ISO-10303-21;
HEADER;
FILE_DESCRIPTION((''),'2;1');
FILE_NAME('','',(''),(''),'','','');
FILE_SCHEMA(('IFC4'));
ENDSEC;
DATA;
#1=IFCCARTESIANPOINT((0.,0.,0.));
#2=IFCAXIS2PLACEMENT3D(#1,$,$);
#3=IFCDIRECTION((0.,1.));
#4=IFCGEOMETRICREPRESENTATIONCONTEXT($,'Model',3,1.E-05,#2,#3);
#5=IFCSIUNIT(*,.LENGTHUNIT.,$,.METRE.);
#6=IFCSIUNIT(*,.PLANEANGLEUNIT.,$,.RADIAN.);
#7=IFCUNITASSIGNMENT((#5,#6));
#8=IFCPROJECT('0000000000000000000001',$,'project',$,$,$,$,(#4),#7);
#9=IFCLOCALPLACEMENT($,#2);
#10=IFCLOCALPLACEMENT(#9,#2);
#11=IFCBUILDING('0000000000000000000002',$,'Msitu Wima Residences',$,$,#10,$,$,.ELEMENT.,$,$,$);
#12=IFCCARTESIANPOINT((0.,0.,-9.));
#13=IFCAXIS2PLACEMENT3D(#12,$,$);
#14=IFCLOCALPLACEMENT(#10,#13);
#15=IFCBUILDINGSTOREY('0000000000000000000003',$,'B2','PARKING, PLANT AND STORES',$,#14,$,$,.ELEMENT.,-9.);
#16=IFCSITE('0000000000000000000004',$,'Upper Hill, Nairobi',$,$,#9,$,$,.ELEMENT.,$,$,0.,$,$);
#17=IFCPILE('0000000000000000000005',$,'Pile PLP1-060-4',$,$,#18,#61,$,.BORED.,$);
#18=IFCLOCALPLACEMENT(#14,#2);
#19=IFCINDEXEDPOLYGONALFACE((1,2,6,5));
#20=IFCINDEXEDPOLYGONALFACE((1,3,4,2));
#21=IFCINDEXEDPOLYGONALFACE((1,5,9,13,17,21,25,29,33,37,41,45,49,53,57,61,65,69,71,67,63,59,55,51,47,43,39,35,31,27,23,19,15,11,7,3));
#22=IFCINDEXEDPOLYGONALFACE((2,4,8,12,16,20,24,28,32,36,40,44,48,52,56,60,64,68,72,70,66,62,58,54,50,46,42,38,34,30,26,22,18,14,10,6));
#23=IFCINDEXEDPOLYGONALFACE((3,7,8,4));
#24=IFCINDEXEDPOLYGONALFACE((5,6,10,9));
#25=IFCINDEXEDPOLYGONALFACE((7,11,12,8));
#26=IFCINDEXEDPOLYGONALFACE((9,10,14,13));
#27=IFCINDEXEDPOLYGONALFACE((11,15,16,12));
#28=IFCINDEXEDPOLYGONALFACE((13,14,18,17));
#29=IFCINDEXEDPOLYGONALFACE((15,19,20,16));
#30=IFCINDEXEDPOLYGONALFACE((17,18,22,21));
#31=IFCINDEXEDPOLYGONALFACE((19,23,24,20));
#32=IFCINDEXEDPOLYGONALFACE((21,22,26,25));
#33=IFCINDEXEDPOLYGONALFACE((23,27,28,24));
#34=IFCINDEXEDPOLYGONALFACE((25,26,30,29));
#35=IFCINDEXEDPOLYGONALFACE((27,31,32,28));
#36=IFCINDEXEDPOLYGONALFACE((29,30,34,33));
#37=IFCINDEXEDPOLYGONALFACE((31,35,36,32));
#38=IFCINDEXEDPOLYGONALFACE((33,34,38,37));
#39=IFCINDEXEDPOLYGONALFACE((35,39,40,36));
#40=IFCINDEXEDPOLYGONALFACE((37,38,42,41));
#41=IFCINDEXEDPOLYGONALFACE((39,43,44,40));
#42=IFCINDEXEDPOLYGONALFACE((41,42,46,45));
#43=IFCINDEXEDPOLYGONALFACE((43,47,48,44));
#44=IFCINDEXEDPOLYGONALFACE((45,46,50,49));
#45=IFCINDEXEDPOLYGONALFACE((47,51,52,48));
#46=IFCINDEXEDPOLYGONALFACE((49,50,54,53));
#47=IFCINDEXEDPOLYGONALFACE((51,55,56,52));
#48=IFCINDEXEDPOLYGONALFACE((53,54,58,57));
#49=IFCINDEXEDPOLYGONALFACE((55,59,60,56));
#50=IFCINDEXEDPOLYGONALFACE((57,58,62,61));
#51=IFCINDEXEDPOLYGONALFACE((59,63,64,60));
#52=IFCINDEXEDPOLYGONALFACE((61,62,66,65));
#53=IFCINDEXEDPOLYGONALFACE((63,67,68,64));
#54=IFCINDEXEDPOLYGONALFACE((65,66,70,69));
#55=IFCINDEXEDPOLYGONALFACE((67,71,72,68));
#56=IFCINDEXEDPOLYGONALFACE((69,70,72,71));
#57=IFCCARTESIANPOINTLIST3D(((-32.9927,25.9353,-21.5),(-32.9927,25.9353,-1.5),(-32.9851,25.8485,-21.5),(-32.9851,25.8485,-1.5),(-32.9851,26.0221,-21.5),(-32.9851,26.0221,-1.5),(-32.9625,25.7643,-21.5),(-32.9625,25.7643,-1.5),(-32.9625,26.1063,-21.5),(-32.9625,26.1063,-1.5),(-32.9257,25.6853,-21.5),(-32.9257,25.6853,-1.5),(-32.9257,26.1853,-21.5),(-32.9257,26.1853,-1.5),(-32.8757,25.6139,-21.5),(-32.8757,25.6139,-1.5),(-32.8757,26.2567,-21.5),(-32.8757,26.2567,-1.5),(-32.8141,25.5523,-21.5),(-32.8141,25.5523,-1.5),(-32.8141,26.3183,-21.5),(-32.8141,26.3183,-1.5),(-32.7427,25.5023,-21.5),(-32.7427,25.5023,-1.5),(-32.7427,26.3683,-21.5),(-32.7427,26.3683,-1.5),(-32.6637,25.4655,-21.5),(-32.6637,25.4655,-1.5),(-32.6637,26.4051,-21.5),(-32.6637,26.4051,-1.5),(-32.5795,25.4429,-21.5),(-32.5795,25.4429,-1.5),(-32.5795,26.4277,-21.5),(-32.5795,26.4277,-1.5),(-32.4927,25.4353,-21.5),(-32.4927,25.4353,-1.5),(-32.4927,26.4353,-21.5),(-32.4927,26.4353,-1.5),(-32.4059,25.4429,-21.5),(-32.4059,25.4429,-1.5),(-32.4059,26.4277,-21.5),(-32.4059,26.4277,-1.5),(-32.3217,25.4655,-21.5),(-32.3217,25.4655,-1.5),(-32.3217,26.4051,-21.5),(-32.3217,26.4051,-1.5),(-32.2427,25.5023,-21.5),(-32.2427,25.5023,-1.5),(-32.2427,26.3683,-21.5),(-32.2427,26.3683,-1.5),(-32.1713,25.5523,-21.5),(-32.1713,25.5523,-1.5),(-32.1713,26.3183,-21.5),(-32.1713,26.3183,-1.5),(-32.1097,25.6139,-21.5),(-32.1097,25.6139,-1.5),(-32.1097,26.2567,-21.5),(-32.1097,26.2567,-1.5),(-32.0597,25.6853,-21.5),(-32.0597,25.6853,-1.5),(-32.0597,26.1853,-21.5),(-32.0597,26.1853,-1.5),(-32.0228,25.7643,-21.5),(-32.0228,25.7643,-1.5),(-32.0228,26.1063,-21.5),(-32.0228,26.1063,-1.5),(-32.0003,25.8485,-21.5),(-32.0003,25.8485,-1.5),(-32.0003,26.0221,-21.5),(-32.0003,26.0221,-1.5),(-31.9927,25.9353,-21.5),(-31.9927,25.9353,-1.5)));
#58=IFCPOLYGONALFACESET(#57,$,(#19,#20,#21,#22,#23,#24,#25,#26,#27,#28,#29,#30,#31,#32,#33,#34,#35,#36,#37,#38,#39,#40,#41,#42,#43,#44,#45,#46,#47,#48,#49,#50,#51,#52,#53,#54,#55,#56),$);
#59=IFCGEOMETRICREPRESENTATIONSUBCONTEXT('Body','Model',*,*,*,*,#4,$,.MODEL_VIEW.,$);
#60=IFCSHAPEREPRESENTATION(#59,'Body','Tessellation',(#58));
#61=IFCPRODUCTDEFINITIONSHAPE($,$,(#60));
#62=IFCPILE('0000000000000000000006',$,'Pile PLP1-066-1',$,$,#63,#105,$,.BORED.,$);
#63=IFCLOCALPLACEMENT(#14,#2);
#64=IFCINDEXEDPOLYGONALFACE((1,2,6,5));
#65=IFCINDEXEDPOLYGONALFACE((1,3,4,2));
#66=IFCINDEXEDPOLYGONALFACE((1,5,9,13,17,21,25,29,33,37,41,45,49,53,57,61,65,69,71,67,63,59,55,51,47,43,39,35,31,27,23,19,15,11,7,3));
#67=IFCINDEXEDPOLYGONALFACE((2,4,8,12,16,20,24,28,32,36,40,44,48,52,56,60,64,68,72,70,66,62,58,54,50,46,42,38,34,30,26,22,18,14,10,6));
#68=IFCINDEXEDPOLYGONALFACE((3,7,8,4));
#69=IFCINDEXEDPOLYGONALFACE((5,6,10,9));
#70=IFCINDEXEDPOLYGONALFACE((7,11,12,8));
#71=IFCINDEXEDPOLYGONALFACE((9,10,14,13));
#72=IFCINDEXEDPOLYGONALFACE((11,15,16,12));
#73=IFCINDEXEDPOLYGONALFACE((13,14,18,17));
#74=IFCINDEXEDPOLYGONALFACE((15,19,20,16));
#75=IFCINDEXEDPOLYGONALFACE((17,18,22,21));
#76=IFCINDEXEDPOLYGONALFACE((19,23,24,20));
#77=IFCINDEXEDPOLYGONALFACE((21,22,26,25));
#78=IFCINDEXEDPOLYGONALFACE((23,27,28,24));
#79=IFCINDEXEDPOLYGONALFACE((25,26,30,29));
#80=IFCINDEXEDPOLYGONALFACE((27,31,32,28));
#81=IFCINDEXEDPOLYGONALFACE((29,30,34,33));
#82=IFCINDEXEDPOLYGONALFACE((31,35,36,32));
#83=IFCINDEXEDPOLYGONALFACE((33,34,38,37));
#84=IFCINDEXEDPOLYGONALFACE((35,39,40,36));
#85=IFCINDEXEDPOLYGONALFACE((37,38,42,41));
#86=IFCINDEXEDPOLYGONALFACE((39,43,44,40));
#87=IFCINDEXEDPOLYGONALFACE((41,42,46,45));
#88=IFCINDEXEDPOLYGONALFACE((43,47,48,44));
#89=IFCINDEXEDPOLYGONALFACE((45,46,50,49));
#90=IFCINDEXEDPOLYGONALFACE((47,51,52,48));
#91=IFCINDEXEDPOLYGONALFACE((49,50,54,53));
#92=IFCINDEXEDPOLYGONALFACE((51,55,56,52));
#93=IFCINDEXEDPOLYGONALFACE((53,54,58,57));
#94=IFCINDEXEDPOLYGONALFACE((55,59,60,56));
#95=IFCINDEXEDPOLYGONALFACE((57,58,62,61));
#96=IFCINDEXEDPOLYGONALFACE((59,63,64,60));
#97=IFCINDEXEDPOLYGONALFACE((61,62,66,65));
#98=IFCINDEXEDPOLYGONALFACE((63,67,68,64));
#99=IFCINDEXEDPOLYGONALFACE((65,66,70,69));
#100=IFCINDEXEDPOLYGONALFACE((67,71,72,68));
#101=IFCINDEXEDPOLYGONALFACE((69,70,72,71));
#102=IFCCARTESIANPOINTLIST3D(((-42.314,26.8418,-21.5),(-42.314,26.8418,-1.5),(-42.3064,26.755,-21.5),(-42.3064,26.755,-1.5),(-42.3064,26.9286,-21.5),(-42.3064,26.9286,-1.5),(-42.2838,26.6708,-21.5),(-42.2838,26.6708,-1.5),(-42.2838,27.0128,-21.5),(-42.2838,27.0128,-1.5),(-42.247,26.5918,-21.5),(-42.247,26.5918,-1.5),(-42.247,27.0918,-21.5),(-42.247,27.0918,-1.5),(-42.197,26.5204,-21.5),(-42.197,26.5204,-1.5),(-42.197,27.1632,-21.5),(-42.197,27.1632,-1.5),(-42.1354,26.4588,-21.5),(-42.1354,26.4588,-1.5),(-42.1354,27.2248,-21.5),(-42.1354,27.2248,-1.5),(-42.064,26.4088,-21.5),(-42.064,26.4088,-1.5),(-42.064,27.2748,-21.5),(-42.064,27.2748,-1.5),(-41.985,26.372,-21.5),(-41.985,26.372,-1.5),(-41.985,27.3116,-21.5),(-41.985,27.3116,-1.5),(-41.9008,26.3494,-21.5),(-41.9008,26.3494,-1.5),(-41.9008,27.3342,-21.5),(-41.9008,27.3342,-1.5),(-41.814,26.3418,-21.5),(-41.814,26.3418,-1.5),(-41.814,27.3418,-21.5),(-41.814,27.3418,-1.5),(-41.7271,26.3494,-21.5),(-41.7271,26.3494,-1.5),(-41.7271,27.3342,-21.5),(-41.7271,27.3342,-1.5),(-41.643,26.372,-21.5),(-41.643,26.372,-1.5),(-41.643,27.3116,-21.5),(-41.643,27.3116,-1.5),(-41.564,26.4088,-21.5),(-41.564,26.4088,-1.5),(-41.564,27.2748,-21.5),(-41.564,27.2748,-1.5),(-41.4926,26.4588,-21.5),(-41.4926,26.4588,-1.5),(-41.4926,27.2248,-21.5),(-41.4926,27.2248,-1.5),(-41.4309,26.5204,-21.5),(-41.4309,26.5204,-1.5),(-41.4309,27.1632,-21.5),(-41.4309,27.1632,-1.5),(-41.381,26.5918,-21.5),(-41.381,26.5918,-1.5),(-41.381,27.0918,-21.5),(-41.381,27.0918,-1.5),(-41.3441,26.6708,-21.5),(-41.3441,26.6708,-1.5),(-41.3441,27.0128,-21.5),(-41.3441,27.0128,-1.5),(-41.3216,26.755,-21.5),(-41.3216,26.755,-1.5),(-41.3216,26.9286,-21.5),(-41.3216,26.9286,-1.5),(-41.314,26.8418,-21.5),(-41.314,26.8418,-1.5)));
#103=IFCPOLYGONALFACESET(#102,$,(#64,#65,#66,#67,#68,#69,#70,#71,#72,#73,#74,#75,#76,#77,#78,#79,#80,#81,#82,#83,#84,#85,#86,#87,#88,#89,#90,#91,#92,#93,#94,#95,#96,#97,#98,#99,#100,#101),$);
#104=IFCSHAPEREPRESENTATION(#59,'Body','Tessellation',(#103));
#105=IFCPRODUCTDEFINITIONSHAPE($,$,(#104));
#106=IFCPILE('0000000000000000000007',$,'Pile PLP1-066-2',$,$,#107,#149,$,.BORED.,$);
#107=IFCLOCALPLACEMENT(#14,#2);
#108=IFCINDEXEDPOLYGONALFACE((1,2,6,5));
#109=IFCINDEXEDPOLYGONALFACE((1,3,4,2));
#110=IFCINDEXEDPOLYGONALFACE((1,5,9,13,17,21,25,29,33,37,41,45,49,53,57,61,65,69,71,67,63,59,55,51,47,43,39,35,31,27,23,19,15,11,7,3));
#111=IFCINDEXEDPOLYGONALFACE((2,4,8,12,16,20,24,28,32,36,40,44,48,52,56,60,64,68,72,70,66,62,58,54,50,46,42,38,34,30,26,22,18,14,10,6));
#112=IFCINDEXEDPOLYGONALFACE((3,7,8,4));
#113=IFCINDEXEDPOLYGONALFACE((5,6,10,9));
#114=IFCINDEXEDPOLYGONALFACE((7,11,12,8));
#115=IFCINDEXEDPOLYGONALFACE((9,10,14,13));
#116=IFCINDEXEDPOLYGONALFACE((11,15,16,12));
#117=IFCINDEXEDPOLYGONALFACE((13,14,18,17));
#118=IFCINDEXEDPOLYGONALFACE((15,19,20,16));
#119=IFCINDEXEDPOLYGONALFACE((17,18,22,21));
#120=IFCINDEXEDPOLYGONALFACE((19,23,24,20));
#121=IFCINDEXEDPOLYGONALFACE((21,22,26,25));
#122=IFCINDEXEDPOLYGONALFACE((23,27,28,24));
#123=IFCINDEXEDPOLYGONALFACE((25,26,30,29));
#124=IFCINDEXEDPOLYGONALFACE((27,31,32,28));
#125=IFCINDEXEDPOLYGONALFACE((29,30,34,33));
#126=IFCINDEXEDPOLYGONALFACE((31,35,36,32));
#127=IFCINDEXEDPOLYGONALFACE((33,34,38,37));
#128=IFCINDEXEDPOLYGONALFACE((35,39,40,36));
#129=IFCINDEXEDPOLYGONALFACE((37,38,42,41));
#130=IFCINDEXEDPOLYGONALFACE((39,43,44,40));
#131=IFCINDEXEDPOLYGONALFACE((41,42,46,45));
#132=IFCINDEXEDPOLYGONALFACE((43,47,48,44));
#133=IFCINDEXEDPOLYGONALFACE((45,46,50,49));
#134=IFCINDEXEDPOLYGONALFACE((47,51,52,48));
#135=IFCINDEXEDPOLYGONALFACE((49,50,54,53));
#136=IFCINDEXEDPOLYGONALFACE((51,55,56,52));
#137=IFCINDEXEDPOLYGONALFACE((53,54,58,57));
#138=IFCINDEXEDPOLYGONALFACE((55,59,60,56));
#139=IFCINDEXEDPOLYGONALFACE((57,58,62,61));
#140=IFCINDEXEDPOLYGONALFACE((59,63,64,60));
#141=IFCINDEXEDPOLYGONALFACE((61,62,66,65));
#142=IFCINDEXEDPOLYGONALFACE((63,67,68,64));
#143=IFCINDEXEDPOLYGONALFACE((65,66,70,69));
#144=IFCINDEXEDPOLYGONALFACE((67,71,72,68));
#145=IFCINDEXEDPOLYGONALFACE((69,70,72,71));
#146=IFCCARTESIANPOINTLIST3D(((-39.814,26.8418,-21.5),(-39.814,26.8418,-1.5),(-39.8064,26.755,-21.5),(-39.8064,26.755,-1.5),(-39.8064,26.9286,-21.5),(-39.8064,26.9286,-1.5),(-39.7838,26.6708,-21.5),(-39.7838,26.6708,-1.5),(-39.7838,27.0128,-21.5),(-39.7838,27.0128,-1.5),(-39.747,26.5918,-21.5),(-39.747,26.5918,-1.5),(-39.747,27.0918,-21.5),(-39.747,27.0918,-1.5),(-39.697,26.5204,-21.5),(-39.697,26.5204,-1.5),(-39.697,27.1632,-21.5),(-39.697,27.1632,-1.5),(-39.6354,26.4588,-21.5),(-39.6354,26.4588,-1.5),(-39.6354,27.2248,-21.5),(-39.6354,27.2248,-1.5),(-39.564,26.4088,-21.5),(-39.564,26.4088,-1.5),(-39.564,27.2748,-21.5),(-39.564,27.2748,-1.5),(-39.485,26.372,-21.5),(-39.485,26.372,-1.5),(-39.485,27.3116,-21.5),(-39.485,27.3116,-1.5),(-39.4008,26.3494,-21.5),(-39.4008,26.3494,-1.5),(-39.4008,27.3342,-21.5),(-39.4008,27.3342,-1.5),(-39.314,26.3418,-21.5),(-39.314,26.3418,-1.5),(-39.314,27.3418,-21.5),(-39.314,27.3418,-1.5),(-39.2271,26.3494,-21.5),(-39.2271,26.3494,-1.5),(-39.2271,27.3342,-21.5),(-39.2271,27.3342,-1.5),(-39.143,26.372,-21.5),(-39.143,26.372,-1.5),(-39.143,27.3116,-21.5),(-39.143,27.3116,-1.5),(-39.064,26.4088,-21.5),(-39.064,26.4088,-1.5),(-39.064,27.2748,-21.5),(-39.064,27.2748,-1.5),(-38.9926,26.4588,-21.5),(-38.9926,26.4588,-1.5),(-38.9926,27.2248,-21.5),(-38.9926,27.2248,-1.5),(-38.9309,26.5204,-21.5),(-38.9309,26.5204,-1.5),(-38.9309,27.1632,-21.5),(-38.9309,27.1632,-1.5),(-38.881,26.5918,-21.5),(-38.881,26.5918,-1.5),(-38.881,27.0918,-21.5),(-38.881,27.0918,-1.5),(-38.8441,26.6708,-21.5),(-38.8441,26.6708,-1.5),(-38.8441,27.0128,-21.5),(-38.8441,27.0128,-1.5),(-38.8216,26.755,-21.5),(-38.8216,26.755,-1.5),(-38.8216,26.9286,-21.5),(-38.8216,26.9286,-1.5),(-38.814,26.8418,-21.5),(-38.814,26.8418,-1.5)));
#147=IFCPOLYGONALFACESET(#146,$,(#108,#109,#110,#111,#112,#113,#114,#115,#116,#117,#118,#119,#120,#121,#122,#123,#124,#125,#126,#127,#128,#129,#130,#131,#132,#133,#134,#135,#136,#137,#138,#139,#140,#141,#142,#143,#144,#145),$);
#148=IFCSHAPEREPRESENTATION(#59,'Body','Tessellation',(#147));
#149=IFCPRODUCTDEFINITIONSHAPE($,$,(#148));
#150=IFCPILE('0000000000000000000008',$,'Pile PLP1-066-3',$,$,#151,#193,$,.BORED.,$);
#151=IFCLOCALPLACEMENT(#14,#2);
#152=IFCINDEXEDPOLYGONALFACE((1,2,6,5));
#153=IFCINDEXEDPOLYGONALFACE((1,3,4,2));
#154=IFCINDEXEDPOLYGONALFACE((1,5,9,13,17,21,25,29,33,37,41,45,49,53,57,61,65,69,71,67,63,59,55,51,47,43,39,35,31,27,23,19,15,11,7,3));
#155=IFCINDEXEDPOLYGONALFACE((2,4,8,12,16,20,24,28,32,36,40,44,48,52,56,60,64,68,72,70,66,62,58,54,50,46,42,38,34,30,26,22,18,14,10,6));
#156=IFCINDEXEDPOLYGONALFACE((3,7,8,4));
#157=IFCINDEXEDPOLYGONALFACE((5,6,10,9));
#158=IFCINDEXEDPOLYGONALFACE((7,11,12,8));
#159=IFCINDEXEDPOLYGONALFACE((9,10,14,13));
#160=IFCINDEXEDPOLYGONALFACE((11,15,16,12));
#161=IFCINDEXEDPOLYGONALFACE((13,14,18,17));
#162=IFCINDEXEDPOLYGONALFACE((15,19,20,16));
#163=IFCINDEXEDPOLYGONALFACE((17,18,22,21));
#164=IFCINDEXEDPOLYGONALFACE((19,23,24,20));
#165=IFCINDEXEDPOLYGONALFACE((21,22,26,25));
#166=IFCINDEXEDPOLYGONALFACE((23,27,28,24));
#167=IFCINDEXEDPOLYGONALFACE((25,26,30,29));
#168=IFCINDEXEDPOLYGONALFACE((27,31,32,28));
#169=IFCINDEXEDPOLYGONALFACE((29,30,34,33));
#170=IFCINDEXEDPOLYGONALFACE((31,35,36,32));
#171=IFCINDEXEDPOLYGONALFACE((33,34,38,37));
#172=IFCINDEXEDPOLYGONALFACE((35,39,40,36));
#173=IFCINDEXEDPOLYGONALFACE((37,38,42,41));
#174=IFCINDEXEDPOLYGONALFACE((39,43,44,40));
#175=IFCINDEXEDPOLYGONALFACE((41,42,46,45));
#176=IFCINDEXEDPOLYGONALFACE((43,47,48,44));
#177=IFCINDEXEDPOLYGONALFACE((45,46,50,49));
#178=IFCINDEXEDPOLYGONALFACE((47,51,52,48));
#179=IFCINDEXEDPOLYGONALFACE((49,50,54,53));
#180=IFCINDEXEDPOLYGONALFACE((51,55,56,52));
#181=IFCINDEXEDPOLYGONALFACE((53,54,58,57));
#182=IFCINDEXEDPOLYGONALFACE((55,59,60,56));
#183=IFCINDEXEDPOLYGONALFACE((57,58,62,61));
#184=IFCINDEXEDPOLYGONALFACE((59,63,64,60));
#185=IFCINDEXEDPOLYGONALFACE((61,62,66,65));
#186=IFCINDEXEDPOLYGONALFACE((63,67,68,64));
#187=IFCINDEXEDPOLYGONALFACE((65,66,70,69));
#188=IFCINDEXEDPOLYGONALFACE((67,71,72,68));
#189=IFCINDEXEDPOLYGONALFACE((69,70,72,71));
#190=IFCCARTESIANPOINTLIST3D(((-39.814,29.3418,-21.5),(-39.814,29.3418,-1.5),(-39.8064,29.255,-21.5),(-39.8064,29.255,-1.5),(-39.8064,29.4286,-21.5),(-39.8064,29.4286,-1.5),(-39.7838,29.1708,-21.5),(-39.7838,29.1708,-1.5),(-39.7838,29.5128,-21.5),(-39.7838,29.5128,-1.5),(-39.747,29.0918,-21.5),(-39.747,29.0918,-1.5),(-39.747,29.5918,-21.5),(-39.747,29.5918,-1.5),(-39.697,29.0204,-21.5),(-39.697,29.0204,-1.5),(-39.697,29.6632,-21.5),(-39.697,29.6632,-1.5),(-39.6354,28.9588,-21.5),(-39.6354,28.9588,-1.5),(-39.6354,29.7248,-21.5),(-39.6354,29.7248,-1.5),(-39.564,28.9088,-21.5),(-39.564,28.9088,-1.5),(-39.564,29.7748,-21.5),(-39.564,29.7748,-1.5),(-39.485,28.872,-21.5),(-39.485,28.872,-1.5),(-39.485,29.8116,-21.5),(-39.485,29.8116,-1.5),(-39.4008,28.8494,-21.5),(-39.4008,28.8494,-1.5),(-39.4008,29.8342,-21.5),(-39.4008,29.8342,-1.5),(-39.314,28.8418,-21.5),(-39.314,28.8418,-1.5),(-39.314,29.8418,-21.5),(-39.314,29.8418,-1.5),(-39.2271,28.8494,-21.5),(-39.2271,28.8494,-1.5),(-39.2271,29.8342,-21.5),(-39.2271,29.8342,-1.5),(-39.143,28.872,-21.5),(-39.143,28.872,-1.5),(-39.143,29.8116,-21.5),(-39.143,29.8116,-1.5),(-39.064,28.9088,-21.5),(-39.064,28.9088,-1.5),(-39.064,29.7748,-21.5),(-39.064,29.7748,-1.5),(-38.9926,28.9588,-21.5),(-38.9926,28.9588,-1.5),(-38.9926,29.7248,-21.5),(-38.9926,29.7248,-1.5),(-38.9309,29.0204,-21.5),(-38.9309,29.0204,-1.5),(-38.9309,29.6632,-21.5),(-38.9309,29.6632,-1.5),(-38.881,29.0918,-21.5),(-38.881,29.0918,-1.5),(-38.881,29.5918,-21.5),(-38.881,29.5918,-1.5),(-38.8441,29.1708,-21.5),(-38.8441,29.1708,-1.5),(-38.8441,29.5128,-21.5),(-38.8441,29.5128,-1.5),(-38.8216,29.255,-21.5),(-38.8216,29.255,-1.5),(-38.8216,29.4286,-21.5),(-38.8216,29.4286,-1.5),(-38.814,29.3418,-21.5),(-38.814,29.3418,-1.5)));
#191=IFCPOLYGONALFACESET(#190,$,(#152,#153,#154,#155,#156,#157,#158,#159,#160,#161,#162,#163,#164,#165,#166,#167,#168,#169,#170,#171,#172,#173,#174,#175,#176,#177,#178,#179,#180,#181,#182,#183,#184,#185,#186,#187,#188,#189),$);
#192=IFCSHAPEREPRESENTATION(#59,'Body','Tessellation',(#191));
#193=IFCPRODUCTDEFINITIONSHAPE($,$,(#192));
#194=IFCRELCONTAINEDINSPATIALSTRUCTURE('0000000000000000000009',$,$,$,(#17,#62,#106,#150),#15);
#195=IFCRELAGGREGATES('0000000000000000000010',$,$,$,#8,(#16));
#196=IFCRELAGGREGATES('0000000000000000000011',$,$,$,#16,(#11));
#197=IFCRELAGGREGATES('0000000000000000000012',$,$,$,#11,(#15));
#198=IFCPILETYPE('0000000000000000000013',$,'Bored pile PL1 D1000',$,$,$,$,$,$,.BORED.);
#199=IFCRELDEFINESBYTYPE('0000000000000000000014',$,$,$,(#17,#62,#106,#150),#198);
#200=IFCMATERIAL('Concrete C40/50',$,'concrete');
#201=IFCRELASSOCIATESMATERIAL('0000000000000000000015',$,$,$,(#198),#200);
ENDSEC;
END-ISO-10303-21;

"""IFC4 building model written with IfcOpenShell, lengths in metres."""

from ifc_helpers import new_model, si_unit, direction, frame, origin, origin_2d, place, context, subcontext, project, spatial, circle, extrude, material, type_object, element, save


model = new_model("IFC4")

# Units and contexts
model_context = context("Model", 3, precision=1e-05, world=origin(), true_north=direction((0.0, 1.0)))
body_context = subcontext(model_context, "Body", "Model", "MODEL_VIEW")
ifc_project = project(units=[si_unit("LENGTHUNIT", "METRE"), si_unit("PLANEANGLEUNIT", "RADIAN")], contexts=[model_context])

# Site, building, storey
site_placement = place(None, origin())
site = spatial("IfcSite", under=ifc_project, at=site_placement, Name="Upper Hill, Nairobi", CompositionType="ELEMENT", RefElevation=0.0)
building_placement = place(site_placement, origin())
building = spatial("IfcBuilding", under=site, at=building_placement, Name="Msitu Wima Residences", CompositionType="ELEMENT")
storey_placement = place(building_placement, frame((0.0, 0.0, -9.0)))
storey = spatial("IfcBuildingStorey", under=building, at=storey_placement, Name="B2", Description="PARKING, PLANT AND STORES", CompositionType="ELEMENT", Elevation=-9.0)

# Piles
ifc_material_1 = material(Name="Concrete C40/50", Category="concrete")
pile_type = type_object("IfcPileType", Name="Bored pile PL1 D1000", PredefinedType="BORED", material=ifc_material_1)
for number, where, z_axis, x_axis, name in (
    (1, (-32.4927, 25.9353, -1.5), (0.0, 0.0, -1.0), (1.0, 0.0, 0.0), "Pile PLP1-060-4"),
    (2, (-41.814, 26.8418, -1.5), (0.0, 0.0, -1.0), (1.0, 0.0, 0.0), "Pile PLP1-066-1"),
    (3, (-39.314, 26.8418, -1.5), (0.0, 0.0, -1.0), (1.0, 0.0, 0.0), "Pile PLP1-066-2"),
    (4, (-39.314, 29.3418, -1.5), (0.0, 0.0, -1.0), (1.0, 0.0, 0.0), "Pile PLP1-066-3"),
):
    element("IfcPile", number, at=place(storey_placement, frame(where, z_axis=z_axis, x_axis=x_axis)), inside=storey, type_object=pile_type, Name=name, PredefinedType="BORED", context=body_context, shape_type="SweptSolid", body=[
        extrude(circle(Radius=0.5, at=origin_2d()), origin(), (0.0, 0.0, 1.0), 20.0),
    ])

save(model, "model.ifc")
